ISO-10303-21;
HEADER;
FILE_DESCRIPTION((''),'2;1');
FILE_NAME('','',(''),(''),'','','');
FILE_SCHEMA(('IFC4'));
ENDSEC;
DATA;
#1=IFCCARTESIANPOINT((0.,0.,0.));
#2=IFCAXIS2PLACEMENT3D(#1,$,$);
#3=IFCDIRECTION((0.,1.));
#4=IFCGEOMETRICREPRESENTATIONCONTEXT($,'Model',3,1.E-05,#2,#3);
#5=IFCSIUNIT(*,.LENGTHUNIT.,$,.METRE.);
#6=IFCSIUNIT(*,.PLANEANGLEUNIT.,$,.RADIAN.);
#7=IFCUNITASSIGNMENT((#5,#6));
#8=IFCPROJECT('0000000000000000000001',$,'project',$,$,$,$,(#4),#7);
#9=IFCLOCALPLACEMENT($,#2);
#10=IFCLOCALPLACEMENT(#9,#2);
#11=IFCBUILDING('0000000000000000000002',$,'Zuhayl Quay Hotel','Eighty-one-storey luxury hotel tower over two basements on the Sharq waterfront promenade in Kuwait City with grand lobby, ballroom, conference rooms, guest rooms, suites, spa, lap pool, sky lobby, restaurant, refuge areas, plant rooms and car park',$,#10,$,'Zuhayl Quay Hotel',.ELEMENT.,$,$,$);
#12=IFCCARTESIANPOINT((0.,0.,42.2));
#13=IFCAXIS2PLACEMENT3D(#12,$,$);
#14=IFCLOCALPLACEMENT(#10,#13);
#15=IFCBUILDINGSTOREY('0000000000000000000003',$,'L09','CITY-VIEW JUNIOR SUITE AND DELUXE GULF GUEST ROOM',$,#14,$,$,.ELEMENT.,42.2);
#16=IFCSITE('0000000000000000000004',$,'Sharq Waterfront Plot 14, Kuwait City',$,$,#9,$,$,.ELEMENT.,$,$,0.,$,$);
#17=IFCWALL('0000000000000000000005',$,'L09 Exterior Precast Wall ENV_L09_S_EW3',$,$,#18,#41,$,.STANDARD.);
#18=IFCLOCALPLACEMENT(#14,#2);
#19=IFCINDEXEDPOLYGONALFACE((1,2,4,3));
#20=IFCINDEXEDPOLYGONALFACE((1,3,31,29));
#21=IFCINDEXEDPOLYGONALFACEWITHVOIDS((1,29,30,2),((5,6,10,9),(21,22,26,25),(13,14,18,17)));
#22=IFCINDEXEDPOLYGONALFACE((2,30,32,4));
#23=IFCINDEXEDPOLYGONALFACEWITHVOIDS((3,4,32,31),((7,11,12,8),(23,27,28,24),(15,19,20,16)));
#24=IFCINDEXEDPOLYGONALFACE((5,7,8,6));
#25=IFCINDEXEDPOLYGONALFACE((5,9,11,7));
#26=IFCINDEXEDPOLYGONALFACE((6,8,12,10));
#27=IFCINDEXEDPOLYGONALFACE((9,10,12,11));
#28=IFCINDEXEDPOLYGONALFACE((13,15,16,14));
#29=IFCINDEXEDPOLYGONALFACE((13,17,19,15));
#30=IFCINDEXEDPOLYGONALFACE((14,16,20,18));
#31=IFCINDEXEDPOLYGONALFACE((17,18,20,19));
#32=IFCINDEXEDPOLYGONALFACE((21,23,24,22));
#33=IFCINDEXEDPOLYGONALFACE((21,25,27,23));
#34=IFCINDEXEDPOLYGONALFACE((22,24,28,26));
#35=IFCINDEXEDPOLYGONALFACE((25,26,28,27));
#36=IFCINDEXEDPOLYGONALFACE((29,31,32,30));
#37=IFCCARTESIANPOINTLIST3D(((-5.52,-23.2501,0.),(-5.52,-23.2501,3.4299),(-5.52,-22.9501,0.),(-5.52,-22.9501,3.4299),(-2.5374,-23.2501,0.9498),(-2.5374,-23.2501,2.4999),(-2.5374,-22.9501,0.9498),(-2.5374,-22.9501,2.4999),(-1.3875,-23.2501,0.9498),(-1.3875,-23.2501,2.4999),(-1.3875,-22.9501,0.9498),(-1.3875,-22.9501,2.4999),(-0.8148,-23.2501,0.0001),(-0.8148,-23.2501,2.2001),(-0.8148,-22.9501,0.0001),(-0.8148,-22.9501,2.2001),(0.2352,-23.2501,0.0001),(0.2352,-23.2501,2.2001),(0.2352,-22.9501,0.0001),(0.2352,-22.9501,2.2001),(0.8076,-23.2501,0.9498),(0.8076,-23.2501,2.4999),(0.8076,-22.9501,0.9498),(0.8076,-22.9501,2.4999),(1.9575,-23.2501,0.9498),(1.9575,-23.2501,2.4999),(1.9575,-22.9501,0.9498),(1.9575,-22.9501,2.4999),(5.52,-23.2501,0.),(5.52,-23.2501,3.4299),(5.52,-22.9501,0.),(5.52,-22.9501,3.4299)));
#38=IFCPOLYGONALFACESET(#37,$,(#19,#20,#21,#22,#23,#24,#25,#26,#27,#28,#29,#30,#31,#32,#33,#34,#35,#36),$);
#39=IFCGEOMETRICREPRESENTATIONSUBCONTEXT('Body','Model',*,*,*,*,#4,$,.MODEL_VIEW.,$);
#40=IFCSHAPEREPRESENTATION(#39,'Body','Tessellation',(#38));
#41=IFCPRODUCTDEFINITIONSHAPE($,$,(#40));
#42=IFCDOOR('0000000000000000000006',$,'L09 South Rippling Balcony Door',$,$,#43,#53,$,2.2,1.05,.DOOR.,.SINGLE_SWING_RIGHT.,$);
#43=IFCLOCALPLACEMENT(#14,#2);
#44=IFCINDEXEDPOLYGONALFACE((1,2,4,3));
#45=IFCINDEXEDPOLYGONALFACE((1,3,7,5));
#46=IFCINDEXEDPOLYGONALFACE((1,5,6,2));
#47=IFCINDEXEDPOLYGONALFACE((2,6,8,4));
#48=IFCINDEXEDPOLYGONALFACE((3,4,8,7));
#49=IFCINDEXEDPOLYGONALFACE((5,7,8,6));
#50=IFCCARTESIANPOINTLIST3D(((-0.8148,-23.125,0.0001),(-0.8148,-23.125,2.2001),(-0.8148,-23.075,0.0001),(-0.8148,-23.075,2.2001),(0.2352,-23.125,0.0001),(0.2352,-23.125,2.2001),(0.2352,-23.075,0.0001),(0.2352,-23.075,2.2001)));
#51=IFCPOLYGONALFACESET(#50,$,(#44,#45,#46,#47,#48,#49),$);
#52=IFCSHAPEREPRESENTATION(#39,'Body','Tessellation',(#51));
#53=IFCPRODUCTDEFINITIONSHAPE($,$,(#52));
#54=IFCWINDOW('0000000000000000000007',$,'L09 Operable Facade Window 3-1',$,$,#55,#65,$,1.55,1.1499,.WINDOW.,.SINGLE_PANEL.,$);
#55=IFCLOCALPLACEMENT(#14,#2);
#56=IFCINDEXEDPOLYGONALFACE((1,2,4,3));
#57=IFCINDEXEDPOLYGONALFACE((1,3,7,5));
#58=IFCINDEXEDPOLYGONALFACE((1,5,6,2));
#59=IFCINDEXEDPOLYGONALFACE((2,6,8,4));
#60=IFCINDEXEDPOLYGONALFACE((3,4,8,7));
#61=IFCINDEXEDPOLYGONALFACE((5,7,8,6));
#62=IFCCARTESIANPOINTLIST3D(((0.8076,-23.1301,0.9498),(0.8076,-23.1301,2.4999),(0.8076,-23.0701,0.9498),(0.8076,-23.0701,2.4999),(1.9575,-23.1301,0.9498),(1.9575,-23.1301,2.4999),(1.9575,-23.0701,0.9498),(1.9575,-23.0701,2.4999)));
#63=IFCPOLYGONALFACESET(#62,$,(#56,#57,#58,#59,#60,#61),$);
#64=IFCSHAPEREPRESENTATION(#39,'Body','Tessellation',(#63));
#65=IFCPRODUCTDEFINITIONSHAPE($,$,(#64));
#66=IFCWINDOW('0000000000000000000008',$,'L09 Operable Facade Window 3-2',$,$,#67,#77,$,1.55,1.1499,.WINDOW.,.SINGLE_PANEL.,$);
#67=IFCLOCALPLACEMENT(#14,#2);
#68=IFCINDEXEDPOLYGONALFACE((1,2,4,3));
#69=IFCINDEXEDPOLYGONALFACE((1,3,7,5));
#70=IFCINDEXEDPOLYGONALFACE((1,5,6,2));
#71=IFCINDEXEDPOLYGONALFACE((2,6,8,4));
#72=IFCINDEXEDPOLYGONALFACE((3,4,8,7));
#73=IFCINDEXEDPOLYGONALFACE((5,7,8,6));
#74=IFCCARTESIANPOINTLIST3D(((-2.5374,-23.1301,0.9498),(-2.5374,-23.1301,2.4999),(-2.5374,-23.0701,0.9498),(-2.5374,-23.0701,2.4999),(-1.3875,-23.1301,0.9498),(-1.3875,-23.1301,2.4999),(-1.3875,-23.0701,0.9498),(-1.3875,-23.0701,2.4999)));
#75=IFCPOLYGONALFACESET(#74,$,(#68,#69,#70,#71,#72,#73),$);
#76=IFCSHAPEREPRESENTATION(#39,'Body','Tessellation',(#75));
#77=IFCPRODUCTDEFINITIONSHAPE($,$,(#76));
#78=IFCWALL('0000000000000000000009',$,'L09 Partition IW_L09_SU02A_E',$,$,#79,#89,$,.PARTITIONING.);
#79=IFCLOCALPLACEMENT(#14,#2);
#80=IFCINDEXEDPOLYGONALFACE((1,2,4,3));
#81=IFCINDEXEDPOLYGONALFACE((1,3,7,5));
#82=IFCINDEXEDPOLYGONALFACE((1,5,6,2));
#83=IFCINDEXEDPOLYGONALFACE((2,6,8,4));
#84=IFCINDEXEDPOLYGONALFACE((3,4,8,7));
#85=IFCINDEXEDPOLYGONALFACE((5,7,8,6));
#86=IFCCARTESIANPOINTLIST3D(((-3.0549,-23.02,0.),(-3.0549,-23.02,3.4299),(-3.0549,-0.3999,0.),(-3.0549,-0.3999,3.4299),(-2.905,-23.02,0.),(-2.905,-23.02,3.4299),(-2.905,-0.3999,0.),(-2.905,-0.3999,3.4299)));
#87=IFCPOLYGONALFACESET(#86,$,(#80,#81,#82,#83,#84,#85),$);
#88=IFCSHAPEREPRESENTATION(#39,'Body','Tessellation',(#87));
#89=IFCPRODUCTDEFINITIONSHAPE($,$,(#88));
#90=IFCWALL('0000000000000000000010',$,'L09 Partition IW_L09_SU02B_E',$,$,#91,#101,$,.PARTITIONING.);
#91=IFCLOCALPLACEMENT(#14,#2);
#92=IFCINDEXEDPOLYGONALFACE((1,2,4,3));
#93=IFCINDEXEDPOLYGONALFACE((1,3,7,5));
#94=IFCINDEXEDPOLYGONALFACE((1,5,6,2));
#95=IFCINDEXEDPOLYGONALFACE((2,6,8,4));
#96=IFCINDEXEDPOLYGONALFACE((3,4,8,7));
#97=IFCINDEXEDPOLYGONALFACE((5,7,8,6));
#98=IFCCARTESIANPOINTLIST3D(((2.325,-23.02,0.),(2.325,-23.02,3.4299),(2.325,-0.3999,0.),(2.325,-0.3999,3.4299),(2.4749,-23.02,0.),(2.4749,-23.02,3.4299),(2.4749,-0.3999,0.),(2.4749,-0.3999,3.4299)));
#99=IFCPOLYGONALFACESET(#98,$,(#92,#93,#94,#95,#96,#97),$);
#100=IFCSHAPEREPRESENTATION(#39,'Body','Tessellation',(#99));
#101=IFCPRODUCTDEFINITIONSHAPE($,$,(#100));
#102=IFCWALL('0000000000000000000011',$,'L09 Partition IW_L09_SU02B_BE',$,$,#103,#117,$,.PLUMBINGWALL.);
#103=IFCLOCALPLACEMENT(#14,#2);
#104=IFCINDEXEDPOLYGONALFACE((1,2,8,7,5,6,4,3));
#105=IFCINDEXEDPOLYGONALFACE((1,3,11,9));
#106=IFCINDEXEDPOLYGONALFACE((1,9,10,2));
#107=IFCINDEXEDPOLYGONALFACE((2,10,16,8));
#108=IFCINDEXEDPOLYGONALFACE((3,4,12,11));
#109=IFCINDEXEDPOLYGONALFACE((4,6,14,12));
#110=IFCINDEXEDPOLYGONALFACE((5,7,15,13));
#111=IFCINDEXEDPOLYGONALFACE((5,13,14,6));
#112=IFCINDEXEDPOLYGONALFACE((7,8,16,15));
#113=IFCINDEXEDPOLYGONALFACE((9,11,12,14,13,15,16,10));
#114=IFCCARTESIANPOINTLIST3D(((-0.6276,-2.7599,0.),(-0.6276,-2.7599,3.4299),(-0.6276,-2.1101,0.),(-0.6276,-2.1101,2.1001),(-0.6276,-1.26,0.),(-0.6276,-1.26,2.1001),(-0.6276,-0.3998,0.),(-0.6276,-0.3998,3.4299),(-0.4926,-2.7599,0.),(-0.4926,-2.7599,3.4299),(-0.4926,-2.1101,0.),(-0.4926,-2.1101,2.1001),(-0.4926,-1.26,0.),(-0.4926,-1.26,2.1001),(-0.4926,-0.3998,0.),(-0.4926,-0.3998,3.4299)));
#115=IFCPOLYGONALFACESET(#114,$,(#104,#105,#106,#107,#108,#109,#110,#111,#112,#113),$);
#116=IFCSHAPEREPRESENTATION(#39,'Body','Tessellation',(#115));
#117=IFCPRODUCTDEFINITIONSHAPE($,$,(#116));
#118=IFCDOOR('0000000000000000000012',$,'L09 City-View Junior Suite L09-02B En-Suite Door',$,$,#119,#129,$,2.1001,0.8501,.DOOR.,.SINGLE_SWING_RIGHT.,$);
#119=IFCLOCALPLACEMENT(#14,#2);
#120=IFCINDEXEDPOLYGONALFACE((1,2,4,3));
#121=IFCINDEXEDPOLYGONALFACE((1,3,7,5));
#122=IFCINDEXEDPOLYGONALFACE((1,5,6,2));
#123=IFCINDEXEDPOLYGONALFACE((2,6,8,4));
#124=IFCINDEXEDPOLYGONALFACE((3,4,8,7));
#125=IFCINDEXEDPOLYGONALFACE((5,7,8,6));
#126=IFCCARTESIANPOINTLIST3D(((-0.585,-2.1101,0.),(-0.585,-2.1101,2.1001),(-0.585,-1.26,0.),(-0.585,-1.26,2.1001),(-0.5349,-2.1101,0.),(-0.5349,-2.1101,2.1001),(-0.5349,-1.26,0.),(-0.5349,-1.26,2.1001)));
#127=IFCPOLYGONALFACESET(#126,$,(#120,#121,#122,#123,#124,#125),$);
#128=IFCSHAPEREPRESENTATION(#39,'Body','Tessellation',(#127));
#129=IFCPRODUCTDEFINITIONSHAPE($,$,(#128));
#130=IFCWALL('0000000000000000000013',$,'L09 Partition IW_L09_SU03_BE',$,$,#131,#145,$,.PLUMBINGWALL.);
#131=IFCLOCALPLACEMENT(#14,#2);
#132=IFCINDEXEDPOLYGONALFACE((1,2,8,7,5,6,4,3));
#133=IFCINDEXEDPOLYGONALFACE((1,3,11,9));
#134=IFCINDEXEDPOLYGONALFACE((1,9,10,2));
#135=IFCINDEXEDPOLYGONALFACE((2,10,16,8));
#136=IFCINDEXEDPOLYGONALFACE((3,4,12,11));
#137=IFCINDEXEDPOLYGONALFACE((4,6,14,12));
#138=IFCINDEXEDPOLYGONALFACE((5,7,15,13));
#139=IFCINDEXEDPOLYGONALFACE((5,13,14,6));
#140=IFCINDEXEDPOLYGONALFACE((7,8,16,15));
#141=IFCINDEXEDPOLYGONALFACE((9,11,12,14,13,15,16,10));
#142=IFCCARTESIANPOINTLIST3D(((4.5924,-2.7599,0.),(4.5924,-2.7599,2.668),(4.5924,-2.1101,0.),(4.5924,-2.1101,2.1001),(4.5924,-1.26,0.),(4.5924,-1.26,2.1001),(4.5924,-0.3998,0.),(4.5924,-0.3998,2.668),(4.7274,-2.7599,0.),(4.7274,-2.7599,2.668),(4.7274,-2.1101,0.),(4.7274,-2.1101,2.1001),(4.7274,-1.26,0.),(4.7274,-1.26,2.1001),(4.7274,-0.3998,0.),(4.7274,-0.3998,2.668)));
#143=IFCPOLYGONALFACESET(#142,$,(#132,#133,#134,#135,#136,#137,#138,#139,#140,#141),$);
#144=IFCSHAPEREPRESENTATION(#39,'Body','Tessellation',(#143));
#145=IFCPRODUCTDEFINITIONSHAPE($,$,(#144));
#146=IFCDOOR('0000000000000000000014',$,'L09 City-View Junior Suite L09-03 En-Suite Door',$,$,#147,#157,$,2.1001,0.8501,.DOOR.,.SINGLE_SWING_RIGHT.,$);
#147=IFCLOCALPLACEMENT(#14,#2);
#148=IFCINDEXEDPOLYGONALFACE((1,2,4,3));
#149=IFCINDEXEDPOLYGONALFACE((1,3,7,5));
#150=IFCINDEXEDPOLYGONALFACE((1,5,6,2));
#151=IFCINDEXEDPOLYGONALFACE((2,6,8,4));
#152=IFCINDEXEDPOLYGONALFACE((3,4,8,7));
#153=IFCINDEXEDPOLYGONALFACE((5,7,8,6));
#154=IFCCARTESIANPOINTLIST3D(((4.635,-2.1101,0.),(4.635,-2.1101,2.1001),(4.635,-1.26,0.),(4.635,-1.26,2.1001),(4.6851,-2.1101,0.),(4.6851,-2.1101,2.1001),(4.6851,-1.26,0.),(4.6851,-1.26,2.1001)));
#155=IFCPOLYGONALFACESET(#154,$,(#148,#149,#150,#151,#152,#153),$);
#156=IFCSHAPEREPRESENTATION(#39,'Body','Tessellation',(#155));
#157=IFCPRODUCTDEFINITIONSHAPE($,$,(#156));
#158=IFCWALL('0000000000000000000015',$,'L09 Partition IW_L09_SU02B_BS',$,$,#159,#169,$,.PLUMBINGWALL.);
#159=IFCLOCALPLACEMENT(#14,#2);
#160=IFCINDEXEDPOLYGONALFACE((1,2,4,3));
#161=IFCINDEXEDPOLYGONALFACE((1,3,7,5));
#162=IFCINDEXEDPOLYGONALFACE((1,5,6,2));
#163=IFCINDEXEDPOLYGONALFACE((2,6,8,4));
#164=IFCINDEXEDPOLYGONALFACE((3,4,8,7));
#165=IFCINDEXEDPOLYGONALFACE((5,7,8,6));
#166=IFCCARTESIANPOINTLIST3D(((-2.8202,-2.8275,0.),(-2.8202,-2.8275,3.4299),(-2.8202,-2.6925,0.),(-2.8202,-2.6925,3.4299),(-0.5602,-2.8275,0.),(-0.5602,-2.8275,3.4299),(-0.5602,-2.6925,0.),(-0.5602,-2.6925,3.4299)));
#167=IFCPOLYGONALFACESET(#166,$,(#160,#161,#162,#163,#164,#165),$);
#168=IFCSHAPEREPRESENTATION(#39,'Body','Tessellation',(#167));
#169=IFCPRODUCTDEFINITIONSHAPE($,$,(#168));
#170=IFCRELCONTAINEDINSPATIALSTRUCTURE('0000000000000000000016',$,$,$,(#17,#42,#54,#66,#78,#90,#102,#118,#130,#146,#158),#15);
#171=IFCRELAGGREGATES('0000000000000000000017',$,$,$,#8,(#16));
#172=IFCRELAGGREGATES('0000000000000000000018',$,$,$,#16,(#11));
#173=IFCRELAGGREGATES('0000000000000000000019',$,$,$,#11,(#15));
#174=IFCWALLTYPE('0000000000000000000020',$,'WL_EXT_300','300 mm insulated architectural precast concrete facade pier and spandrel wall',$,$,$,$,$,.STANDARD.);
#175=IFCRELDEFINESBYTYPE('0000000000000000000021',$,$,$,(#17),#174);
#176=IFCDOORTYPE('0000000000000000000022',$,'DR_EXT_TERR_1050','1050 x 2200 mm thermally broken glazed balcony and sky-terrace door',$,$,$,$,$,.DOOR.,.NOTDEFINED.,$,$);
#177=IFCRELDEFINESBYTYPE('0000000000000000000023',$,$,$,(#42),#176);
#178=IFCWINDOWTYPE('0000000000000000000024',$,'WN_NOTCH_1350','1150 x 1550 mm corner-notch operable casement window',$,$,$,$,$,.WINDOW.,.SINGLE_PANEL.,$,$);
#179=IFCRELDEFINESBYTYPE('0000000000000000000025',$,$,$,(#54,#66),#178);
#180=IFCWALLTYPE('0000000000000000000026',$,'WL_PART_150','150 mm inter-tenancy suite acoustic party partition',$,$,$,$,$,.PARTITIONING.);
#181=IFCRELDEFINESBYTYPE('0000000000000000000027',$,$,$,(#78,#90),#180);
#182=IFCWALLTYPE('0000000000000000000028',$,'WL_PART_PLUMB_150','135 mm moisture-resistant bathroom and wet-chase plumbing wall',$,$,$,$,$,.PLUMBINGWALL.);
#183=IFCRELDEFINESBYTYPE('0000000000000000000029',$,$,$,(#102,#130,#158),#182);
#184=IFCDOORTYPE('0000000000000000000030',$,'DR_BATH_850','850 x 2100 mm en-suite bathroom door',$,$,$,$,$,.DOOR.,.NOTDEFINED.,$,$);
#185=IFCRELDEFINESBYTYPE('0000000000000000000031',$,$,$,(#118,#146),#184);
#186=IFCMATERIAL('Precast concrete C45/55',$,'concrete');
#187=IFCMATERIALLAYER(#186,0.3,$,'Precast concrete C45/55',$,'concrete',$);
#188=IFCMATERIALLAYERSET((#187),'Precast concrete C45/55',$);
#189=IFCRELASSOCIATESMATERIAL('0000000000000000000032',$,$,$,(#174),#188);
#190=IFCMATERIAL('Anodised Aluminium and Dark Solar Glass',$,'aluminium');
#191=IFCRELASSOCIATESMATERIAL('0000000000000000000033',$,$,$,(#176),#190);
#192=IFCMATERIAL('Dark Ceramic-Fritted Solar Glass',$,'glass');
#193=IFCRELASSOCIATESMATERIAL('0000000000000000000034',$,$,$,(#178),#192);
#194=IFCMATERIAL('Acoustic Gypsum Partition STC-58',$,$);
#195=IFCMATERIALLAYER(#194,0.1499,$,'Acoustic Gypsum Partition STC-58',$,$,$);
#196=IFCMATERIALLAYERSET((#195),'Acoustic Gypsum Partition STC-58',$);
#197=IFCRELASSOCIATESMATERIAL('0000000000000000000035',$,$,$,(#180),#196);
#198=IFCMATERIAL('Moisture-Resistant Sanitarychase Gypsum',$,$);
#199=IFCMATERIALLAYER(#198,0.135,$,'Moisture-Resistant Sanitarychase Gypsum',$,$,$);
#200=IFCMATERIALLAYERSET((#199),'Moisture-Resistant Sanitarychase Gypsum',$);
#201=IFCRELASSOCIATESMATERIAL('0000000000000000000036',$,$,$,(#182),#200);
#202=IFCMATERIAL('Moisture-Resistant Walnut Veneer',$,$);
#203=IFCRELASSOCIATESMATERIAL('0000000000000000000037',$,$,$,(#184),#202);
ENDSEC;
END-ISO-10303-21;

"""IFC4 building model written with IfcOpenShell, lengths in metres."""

from ifc_helpers import new_model, si_unit, direction, frame, frame_2d, origin, place, context, subcontext, project, spatial, rectangle, extrude, material, layer, layer_set, type_object, element, fill, save


model = new_model("IFC4")

# Units and contexts
model_context = context("Model", 3, precision=1e-05, world=origin(), true_north=direction((0.0, 1.0)))
body_context = subcontext(model_context, "Body", "Model", "MODEL_VIEW")
ifc_project = project(units=[si_unit("LENGTHUNIT", "METRE"), si_unit("PLANEANGLEUNIT", "RADIAN")], contexts=[model_context])

# Site, building, storey
site_placement = place(None, origin())
site = spatial("IfcSite", under=ifc_project, at=site_placement, Name="Sharq Waterfront Plot 14, Kuwait City", CompositionType="ELEMENT", RefElevation=0.0)
building_placement = place(site_placement, origin())
building = spatial("IfcBuilding", under=site, at=building_placement, Name="Zuhayl Quay Hotel", Description="Eighty-one-storey luxury hotel tower over two basements on the Sharq waterfront promenade in Kuwait City with grand lobby, ballroom, conference rooms, guest rooms, suites, spa, lap pool, sky lobby, restaurant, refuge areas, plant rooms and car park", LongName="Zuhayl Quay Hotel", CompositionType="ELEMENT")
storey_placement = place(building_placement, frame((0.0, 0.0, 42.2)))
storey = spatial("IfcBuildingStorey", under=building, at=storey_placement, Name="L09", Description="CITY-VIEW JUNIOR SUITE AND DELUXE GULF GUEST ROOM", CompositionType="ELEMENT", Elevation=42.2)

# Shared definitions
ifc_material_1 = material(Name="Dark Ceramic-Fritted Solar Glass", Category="glass")

# Wall, openings, door, windows
ifc_material_2 = material(Name="Precast concrete C45/55", Category="concrete")
ifc_layer_1 = layer(ifc_material_2, 0.3, Name="Precast concrete C45/55", Category="concrete")
ifc_layer_set_1 = layer_set([ifc_layer_1], Name="Precast concrete C45/55")
wall_type_1 = type_object("IfcWallType", Name="WL_EXT_300", Description="300 mm insulated architectural precast concrete facade pier and spandrel wall", PredefinedType="STANDARD", material=ifc_layer_set_1)
wall_1_placement = place(storey_placement, frame((5.52, -23.1001, 0.0), z_axis=(0.0, 0.0, 1.0), x_axis=(-1.0, 0.0, 0.0)))
wall_1 = element("IfcWall", 1, at=wall_1_placement, inside=storey, type_object=wall_type_1, Name="L09 Exterior Precast Wall ENV_L09_S_EW3", PredefinedType="STANDARD", context=body_context, shape_type="SweptSolid", body=[
    extrude(rectangle(XDim=11.04, YDim=0.3, at=frame_2d((5.52, 0.0))), origin(), (0.0, 0.0, 1.0), 3.4299),
])
opening_1_placement = place(wall_1_placement, frame((5.2849, 0.0, 0.0)))
opening_1 = element("IfcOpeningElement", 2, at=opening_1_placement, cuts=wall_1, PredefinedType="OPENING", context=body_context, shape_type="SweptSolid", body=[
    extrude(rectangle(XDim=1.05, YDim=2.2, at=frame_2d((0.5249, 1.1001))), frame((0.0, 0.1599, 0.0), z_axis=(0.0, -1.0, 0.0), x_axis=(1.0, 0.0, 0.0)), (0.0, 0.0, 1.0), 0.3201),
])
opening_2_placement = place(wall_1_placement, frame((3.5625, 0.0, 0.95)))
opening_2 = element("IfcOpeningElement", 3, at=opening_2_placement, cuts=wall_1, PredefinedType="OPENING", context=body_context, shape_type="SweptSolid", body=[
    extrude(rectangle(XDim=1.1499, YDim=1.55, at=frame_2d((0.575, 0.7749))), frame((0.0, 0.1599, 0.0), z_axis=(0.0, -1.0, 0.0), x_axis=(1.0, 0.0, 0.0)), (0.0, 0.0, 1.0), 0.3201),
])
opening_3_placement = place(wall_1_placement, frame((6.9075, 0.0, 0.95)))
opening_3 = element("IfcOpeningElement", 4, at=opening_3_placement, cuts=wall_1, PredefinedType="OPENING", context=body_context, shape_type="SweptSolid", body=[
    extrude(rectangle(XDim=1.1499, YDim=1.55, at=frame_2d((0.575, 0.7749))), frame((0.0, 0.1599, 0.0), z_axis=(0.0, -1.0, 0.0), x_axis=(1.0, 0.0, 0.0)), (0.0, 0.0, 1.0), 0.3201),
])
ifc_material_3 = material(Name="Anodised Aluminium and Dark Solar Glass", Category="aluminium")
door_type_1 = type_object("IfcDoorType", Name="DR_EXT_TERR_1050", Description="1050 x 2200 mm thermally broken glazed balcony and sky-terrace door", OperationType="NOTDEFINED", PredefinedType="DOOR", material=ifc_material_3)
door_1_placement = place(opening_1_placement, origin())
door_1 = element("IfcDoor", 5, at=door_1_placement, inside=storey, type_object=door_type_1, Name="L09 South Rippling Balcony Door", OperationType="SINGLE_SWING_RIGHT", OverallHeight=2.2, OverallWidth=1.05, PredefinedType="DOOR", context=body_context, shape_type="SweptSolid", body=[
    extrude(rectangle(XDim=1.05, YDim=2.2, at=frame_2d((0.5249, 1.1001))), frame((0.0, 0.0249, 0.0), z_axis=(0.0, -1.0, 0.0), x_axis=(1.0, 0.0, 0.0)), (0.0, 0.0, 1.0), 0.05),
])
fill(opening_1, door_1)
window_type = type_object("IfcWindowType", Name="WN_NOTCH_1350", Description="1150 x 1550 mm corner-notch operable casement window", PartitioningType="SINGLE_PANEL", PredefinedType="WINDOW", material=ifc_material_1)
window_1_placement = place(opening_2_placement, origin())
window_1 = element("IfcWindow", 6, at=window_1_placement, inside=storey, type_object=window_type, Name="L09 Operable Facade Window 3-1", OverallHeight=1.55, OverallWidth=1.1499, PartitioningType="SINGLE_PANEL", PredefinedType="WINDOW", context=body_context, shape_type="SweptSolid", body=[
    extrude(rectangle(XDim=1.1499, YDim=1.55, at=frame_2d((0.575, 0.7749))), frame((0.0, 0.03, 0.0), z_axis=(0.0, -1.0, 0.0), x_axis=(1.0, 0.0, 0.0)), (0.0, 0.0, 1.0), 0.0601),
])
fill(opening_2, window_1)
window_2_placement = place(opening_3_placement, origin())
window_2 = element("IfcWindow", 7, at=window_2_placement, inside=storey, type_object=window_type, Name="L09 Operable Facade Window 3-2", OverallHeight=1.55, OverallWidth=1.1499, PartitioningType="SINGLE_PANEL", PredefinedType="WINDOW", context=body_context, shape_type="SweptSolid", body=[
    extrude(rectangle(XDim=1.1499, YDim=1.55, at=frame_2d((0.575, 0.7749))), frame((0.0, 0.03, 0.0), z_axis=(0.0, -1.0, 0.0), x_axis=(1.0, 0.0, 0.0)), (0.0, 0.0, 1.0), 0.0601),
])
fill(opening_3, window_2)

# Walls
ifc_material_4 = material(Name="Acoustic Gypsum Partition STC-58")
ifc_layer_2 = layer(ifc_material_4, 0.1499, Name="Acoustic Gypsum Partition STC-58")
ifc_layer_set_2 = layer_set([ifc_layer_2], Name="Acoustic Gypsum Partition STC-58")
wall_type_2 = type_object("IfcWallType", Name="WL_PART_150", Description="150 mm inter-tenancy suite acoustic party partition", PredefinedType="PARTITIONING", material=ifc_layer_set_2)
for number, where, z_axis, x_axis, name in (
    (8, (-2.98, -23.02, 0.0), (0.0, 0.0, 1.0), (0.0, 1.0, 0.0), "L09 Partition IW_L09_SU02A_E"),
    (9, (2.3999, -23.02, 0.0), (0.0, 0.0, 1.0), (0.0, 1.0, 0.0), "L09 Partition IW_L09_SU02B_E"),
):
    element("IfcWall", number, at=place(storey_placement, frame(where, z_axis=z_axis, x_axis=x_axis)), inside=storey, type_object=wall_type_2, Name=name, PredefinedType="PARTITIONING", context=body_context, shape_type="SweptSolid", body=[
        extrude(rectangle(XDim=22.6201, YDim=0.1499, at=frame_2d((11.3101, 0.0))), origin(), (0.0, 0.0, 1.0), 3.4299),
    ])

# Walls, openings, doors
ifc_material_5 = material(Name="Moisture-Resistant Sanitarychase Gypsum")
ifc_layer_3 = layer(ifc_material_5, 0.135, Name="Moisture-Resistant Sanitarychase Gypsum")
ifc_layer_set_3 = layer_set([ifc_layer_3], Name="Moisture-Resistant Sanitarychase Gypsum")
wall_type_3 = type_object("IfcWallType", Name="WL_PART_PLUMB_150", Description="135 mm moisture-resistant bathroom and wet-chase plumbing wall", PredefinedType="PLUMBINGWALL", material=ifc_layer_set_3)
wall_2_placement = place(storey_placement, frame((-0.5601, -2.76, 0.0), z_axis=(0.0, 0.0, 1.0), x_axis=(0.0, 1.0, 0.0)))
wall_2 = element("IfcWall", 10, at=wall_2_placement, inside=storey, type_object=wall_type_3, Name="L09 Partition IW_L09_SU02B_BE", PredefinedType="PLUMBINGWALL", context=body_context, shape_type="SweptSolid", body=[
    extrude(rectangle(XDim=2.3601, YDim=0.135, at=frame_2d((1.1802, 0.0))), origin(), (0.0, 0.0, 1.0), 3.4299),
])
opening_4_placement = place(wall_2_placement, frame((0.6499, 0.0, 0.0)))
opening_4 = element("IfcOpeningElement", 11, at=opening_4_placement, cuts=wall_2, PredefinedType="OPENING", context=body_context, shape_type="SweptSolid", body=[
    extrude(rectangle(XDim=0.8501, YDim=2.1001, at=frame_2d((0.425, 1.05))), frame((0.0, 0.0774, 0.0), z_axis=(0.0, -1.0, 0.0), x_axis=(1.0, 0.0, 0.0)), (0.0, 0.0, 1.0), 0.155),
])
ifc_material_6 = material(Name="Moisture-Resistant Walnut Veneer")
door_type_2 = type_object("IfcDoorType", Name="DR_BATH_850", Description="850 x 2100 mm en-suite bathroom door", OperationType="NOTDEFINED", PredefinedType="DOOR", material=ifc_material_6)
door_2_placement = place(opening_4_placement, origin())
door_2 = element("IfcDoor", 12, at=door_2_placement, inside=storey, type_object=door_type_2, Name="L09 City-View Junior Suite L09-02B En-Suite Door", OperationType="SINGLE_SWING_RIGHT", OverallHeight=2.1001, OverallWidth=0.8501, PredefinedType="DOOR", context=body_context, shape_type="SweptSolid", body=[
    extrude(rectangle(XDim=0.8501, YDim=2.1001, at=frame_2d((0.425, 1.05))), frame((0.0, 0.0249, 0.0), z_axis=(0.0, -1.0, 0.0), x_axis=(1.0, 0.0, 0.0)), (0.0, 0.0, 1.0), 0.05),
])
fill(opening_4, door_2)
wall_3_placement = place(storey_placement, frame((4.6599, -2.76, 0.0), z_axis=(0.0, 0.0, 1.0), x_axis=(0.0, 1.0, 0.0)))
wall_3 = element("IfcWall", 13, at=wall_3_placement, inside=storey, type_object=wall_type_3, Name="L09 Partition IW_L09_SU03_BE", PredefinedType="PLUMBINGWALL", context=body_context, shape_type="SweptSolid", body=[
    extrude(rectangle(XDim=2.3601, YDim=0.135, at=frame_2d((1.1802, 0.0))), origin(), (0.0, 0.0, 1.0), 2.668),
])
opening_5_placement = place(wall_3_placement, frame((0.6499, 0.0, 0.0)))
opening_5 = element("IfcOpeningElement", 14, at=opening_5_placement, cuts=wall_3, PredefinedType="OPENING", context=body_context, shape_type="SweptSolid", body=[
    extrude(rectangle(XDim=0.8501, YDim=2.1001, at=frame_2d((0.425, 1.05))), frame((0.0, 0.0774, 0.0), z_axis=(0.0, -1.0, 0.0), x_axis=(1.0, 0.0, 0.0)), (0.0, 0.0, 1.0), 0.155),
])
door_3_placement = place(opening_5_placement, origin())
door_3 = element("IfcDoor", 15, at=door_3_placement, inside=storey, type_object=door_type_2, Name="L09 City-View Junior Suite L09-03 En-Suite Door", OperationType="SINGLE_SWING_RIGHT", OverallHeight=2.1001, OverallWidth=0.8501, PredefinedType="DOOR", context=body_context, shape_type="SweptSolid", body=[
    extrude(rectangle(XDim=0.8501, YDim=2.1001, at=frame_2d((0.425, 1.05))), frame((0.0, 0.0249, 0.0), z_axis=(0.0, -1.0, 0.0), x_axis=(1.0, 0.0, 0.0)), (0.0, 0.0, 1.0), 0.05),
])
fill(opening_5, door_3)

# Wall
for number, where, z_axis, x_axis, name in (
    (16, (-2.8201, -2.76, 0.0), (0.0, 0.0, 1.0), (1.0, 0.0, 0.0), "L09 Partition IW_L09_SU02B_BS"),
):
    element("IfcWall", number, at=place(storey_placement, frame(where, z_axis=z_axis, x_axis=x_axis)), inside=storey, type_object=wall_type_3, Name=name, PredefinedType="PLUMBINGWALL", context=body_context, shape_type="SweptSolid", body=[
        extrude(rectangle(XDim=2.26, YDim=0.135, at=frame_2d((1.1299, 0.0))), origin(), (0.0, 0.0, 1.0), 3.4299),
    ])

save(model, "model.ifc")
